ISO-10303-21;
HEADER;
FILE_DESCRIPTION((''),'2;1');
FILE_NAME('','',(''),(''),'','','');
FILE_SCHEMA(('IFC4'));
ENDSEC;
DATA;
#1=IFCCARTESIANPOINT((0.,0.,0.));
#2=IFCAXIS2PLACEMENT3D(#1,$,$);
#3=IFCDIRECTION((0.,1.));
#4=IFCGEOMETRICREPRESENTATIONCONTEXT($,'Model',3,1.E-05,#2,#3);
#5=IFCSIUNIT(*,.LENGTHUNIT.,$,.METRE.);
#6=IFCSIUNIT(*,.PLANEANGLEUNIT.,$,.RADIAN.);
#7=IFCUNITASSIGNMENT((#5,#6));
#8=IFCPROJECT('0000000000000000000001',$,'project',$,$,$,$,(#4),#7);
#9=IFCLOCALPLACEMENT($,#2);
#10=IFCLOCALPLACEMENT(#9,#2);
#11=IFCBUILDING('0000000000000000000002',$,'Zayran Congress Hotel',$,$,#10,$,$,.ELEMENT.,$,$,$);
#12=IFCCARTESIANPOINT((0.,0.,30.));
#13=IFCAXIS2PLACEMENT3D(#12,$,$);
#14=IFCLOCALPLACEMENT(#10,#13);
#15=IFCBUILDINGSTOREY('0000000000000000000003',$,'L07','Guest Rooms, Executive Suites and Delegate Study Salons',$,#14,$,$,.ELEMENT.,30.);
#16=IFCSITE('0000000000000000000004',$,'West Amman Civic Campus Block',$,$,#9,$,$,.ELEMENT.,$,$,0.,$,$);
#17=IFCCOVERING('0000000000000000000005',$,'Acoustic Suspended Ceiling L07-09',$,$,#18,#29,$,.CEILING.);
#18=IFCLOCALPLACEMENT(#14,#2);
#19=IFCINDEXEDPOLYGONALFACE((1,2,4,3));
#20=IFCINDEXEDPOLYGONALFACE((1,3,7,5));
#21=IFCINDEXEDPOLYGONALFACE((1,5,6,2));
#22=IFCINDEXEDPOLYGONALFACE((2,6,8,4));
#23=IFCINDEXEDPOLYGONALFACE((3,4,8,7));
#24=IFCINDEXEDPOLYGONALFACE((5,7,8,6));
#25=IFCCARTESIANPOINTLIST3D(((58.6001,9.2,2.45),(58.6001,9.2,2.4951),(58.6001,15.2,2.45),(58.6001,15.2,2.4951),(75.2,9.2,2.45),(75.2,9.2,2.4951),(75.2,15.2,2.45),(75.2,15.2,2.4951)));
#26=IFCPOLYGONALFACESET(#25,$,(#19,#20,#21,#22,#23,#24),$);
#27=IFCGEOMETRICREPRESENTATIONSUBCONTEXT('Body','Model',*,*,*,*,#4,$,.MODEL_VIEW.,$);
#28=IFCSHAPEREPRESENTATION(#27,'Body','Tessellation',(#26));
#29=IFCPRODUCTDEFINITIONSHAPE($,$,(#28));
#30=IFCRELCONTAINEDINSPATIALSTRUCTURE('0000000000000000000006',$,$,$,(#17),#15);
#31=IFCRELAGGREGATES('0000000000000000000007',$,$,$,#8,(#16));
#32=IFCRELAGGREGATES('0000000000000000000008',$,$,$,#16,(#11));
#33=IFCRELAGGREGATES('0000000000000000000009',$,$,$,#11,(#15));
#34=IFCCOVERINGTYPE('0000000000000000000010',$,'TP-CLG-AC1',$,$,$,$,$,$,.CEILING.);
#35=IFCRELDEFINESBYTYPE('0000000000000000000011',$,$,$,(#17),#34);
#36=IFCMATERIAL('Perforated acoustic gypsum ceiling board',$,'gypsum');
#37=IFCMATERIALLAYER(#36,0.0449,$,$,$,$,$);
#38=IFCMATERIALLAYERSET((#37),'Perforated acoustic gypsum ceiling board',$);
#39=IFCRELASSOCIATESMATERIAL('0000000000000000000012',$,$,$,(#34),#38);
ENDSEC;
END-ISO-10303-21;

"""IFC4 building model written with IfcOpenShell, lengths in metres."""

from ifc_helpers import new_model, si_unit, direction, frame, origin, place, context, subcontext, project, spatial, polyline, outline, extrude, material, layer, layer_set, type_object, element, save


model = new_model("IFC4")

# Units and contexts
model_context = context("Model", 3, precision=1e-05, world=origin(), true_north=direction((0.0, 1.0)))
body_context = subcontext(model_context, "Body", "Model", "MODEL_VIEW")
ifc_project = project(units=[si_unit("LENGTHUNIT", "METRE"), si_unit("PLANEANGLEUNIT", "RADIAN")], contexts=[model_context])

# Site, building, storey
site_placement = place(None, origin())
site = spatial("IfcSite", under=ifc_project, at=site_placement, Name="West Amman Civic Campus Block", CompositionType="ELEMENT", RefElevation=0.0)
building_placement = place(site_placement, origin())
building = spatial("IfcBuilding", under=site, at=building_placement, Name="Zayran Congress Hotel", CompositionType="ELEMENT")
storey_placement = place(building_placement, frame((0.0, 0.0, 30.0)))
storey = spatial("IfcBuildingStorey", under=building, at=storey_placement, Name="L07", Description="Guest Rooms, Executive Suites and Delegate Study Salons", CompositionType="ELEMENT", Elevation=30.0)

# Covering
ifc_material_1 = material(Name="Perforated acoustic gypsum ceiling board", Category="gypsum")
ifc_layer_1 = layer(ifc_material_1, 0.0449)
ifc_layer_set_1 = layer_set([ifc_layer_1], Name="Perforated acoustic gypsum ceiling board")
covering_type_1 = type_object("IfcCoveringType", Name="TP-CLG-AC1", PredefinedType="CEILING", material=ifc_layer_set_1)
covering_1_placement = place(storey_placement, frame((0.0, 0.0, 2.45)))
element("IfcCovering", 1, at=covering_1_placement, inside=storey, type_object=covering_type_1, Name="Acoustic Suspended Ceiling L07-09", PredefinedType="CEILING", context=body_context, shape_type="SweptSolid", body=[
    extrude(outline(polyline([(58.6001, 9.2), (75.2, 9.2), (75.2, 15.2), (58.6001, 15.2), (58.6001, 9.2)])), origin(), (0.0, 0.0, 1.0), 0.0452),
])

save(model, "model.ifc")
